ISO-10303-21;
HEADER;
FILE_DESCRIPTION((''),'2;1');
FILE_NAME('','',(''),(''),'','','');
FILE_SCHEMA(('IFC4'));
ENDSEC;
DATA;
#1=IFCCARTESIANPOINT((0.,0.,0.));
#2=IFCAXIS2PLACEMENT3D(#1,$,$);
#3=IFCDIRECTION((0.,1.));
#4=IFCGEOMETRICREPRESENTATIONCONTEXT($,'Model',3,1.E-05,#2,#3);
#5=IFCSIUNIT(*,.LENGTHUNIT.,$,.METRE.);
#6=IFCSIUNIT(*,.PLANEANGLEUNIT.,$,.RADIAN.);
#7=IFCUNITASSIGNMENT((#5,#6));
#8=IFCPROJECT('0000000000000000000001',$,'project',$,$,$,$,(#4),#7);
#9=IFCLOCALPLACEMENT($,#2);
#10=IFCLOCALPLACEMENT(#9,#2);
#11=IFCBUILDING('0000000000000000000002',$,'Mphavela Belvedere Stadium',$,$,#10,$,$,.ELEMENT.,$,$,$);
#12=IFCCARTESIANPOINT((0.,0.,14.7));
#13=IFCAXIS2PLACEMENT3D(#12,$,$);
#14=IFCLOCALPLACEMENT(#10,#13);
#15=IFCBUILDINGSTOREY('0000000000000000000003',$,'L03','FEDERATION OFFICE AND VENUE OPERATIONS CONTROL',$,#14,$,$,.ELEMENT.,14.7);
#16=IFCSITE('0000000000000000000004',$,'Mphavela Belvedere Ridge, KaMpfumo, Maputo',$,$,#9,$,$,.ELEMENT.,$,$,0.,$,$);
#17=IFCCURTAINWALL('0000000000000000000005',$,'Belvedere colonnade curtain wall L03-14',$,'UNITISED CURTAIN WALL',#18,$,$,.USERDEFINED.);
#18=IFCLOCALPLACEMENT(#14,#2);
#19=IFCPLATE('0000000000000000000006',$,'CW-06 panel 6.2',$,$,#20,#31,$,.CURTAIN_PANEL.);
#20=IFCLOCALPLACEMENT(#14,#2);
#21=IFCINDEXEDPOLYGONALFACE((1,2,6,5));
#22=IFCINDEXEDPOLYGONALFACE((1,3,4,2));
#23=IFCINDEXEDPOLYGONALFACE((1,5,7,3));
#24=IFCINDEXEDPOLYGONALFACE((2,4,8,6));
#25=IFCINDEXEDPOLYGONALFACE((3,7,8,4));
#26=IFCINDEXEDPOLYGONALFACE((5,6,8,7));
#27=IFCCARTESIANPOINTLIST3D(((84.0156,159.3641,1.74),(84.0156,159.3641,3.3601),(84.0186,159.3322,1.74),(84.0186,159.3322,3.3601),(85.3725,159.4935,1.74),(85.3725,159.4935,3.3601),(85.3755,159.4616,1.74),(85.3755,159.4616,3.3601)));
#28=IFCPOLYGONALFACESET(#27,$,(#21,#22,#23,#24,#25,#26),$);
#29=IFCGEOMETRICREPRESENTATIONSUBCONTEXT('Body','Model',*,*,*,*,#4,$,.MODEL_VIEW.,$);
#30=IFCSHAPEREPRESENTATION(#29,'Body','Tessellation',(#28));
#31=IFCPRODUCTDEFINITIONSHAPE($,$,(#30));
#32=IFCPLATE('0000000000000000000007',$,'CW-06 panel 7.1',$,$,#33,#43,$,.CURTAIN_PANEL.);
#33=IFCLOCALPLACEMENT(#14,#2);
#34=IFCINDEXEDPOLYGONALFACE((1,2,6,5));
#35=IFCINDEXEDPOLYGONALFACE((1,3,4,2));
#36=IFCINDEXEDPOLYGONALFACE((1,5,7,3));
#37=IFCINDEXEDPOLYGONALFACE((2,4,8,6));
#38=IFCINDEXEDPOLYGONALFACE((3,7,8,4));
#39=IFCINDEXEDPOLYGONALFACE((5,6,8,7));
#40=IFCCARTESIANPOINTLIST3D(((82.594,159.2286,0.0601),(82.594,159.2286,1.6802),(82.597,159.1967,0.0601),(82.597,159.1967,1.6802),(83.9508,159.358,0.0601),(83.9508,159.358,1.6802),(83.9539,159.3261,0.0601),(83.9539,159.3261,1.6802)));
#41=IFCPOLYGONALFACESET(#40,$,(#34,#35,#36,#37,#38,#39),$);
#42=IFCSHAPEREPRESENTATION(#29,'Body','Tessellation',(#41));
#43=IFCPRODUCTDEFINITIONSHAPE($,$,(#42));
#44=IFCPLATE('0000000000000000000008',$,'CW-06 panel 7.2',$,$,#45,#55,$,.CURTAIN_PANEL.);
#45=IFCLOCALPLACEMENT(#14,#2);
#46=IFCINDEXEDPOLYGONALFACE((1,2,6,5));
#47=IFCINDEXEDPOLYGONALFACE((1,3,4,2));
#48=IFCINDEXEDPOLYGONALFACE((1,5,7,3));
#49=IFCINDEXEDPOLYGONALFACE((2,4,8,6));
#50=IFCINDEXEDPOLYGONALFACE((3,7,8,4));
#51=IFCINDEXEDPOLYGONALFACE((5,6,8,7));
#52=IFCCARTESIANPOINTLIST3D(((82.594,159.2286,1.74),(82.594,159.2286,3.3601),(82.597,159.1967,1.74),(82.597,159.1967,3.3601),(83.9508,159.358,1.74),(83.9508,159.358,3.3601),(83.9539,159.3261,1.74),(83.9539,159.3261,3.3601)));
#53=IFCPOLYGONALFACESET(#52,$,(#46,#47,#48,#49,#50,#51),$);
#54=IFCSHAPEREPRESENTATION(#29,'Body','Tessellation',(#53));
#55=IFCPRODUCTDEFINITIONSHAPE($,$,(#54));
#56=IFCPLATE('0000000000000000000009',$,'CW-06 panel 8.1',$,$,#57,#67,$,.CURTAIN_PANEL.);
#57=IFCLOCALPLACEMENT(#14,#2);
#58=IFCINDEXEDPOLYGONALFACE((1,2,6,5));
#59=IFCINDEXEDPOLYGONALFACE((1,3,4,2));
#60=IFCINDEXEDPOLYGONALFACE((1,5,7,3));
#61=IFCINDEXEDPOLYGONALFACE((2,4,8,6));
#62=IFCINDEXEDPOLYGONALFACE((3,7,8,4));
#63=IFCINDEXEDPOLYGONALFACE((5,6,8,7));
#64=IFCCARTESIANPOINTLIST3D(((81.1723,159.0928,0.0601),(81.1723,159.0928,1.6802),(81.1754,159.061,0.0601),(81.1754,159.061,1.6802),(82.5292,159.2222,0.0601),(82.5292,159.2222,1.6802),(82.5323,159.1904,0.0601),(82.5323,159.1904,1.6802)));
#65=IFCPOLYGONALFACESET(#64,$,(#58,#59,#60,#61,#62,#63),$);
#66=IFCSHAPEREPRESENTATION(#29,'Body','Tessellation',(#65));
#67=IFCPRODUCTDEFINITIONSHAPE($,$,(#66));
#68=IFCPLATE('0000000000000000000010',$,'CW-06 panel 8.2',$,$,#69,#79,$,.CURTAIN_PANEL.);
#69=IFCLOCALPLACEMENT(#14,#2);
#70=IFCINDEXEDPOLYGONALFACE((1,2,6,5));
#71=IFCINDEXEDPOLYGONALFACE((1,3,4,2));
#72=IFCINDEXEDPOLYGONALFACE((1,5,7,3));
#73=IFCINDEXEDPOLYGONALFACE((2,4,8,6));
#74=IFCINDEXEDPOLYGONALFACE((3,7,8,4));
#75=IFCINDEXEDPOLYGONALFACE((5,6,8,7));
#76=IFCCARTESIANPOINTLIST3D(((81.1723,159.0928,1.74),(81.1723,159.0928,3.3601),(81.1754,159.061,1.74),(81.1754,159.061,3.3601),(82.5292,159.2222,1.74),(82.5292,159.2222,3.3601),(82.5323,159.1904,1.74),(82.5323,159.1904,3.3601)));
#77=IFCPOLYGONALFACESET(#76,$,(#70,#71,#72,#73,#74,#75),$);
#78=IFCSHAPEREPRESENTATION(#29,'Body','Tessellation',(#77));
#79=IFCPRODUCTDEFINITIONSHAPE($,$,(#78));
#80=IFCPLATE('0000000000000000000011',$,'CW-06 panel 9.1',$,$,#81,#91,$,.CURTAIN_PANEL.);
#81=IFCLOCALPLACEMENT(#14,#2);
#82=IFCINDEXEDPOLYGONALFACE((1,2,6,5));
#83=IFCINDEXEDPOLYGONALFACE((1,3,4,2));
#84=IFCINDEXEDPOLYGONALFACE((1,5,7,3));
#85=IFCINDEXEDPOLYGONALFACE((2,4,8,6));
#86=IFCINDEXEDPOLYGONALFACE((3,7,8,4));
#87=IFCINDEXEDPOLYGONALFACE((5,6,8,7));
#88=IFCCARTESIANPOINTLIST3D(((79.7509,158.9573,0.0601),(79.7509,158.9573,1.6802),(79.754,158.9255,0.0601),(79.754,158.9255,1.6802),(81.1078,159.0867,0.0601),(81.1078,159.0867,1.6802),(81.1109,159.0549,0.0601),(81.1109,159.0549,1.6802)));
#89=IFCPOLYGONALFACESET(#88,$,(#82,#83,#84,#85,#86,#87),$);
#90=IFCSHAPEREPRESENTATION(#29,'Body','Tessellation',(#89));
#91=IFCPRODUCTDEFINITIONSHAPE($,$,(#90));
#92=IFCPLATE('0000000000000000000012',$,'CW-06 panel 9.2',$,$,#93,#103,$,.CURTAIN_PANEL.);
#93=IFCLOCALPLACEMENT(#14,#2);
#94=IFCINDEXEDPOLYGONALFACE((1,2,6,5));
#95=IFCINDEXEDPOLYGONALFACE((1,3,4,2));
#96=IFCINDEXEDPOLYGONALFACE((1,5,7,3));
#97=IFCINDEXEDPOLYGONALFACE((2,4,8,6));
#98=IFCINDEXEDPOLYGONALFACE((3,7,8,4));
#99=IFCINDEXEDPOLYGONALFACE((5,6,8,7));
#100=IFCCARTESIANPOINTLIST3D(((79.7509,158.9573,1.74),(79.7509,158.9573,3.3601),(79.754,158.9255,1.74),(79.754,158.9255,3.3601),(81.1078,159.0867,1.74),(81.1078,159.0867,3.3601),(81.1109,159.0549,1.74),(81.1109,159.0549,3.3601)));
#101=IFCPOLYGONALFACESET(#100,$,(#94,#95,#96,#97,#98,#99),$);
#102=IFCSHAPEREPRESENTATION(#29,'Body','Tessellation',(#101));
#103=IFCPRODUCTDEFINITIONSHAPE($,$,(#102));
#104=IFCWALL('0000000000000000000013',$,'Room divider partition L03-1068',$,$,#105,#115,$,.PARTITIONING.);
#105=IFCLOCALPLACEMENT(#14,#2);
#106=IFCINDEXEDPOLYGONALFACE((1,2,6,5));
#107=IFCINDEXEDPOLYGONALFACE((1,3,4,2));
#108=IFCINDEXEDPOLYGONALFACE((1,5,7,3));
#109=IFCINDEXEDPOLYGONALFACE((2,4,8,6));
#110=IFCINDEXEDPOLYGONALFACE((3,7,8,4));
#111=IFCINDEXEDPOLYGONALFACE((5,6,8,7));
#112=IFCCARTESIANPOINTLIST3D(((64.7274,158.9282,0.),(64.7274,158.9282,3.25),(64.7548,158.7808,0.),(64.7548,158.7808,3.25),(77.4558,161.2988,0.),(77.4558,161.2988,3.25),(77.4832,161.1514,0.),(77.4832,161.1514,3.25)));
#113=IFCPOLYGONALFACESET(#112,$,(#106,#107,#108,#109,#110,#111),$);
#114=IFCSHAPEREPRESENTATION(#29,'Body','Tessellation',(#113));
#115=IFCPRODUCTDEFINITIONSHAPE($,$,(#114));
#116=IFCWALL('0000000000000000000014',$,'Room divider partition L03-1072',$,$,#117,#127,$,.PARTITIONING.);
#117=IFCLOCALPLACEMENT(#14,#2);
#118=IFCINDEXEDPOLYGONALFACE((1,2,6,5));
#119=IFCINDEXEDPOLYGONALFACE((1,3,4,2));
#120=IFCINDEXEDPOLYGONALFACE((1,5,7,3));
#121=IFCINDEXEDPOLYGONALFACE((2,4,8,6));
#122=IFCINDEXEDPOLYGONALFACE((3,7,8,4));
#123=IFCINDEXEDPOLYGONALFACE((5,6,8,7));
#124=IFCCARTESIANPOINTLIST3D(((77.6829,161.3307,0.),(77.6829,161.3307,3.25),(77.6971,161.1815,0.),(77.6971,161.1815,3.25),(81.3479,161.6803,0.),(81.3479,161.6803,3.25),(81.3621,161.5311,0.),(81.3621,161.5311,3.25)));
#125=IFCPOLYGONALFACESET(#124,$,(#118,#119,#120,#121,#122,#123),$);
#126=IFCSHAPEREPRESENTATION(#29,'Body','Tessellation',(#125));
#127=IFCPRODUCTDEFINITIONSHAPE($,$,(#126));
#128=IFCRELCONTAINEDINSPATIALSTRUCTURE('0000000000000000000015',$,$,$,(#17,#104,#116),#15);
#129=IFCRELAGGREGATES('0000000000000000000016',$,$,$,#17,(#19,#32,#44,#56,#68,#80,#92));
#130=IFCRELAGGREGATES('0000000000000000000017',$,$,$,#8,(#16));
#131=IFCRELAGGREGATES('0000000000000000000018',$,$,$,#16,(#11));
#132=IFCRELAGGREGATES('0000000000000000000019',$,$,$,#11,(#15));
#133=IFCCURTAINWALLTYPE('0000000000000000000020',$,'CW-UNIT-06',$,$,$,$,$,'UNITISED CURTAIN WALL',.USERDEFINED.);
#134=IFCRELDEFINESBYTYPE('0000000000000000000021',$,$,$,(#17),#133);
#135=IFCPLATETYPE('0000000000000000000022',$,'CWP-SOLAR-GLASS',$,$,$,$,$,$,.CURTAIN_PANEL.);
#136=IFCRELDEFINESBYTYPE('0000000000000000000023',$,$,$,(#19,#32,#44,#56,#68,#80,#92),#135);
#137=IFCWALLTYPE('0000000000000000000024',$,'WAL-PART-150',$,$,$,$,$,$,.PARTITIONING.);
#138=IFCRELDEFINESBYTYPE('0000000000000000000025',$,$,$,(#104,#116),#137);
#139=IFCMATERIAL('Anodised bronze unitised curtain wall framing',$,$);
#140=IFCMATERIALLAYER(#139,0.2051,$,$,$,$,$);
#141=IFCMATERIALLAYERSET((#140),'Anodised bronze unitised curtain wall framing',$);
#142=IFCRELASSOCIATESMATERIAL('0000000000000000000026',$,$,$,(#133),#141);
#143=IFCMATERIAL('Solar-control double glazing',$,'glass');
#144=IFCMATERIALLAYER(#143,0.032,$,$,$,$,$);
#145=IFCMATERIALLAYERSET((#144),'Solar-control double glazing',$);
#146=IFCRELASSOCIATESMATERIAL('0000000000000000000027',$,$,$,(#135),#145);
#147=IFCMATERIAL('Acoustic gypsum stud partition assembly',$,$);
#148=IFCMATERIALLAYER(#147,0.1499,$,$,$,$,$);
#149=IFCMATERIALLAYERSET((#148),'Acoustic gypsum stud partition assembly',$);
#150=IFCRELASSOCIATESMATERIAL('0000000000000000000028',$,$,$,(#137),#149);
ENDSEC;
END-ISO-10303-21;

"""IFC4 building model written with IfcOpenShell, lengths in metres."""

from ifc_helpers import new_model, si_unit, direction, frame, frame_2d, origin, origin_2d, place, context, subcontext, project, spatial, rectangle, extrude, material, layer, layer_set, type_object, element, aggregate, save


model = new_model("IFC4")

# Units and contexts
model_context = context("Model", 3, precision=1e-05, world=origin(), true_north=direction((0.0, 1.0)))
body_context = subcontext(model_context, "Body", "Model", "MODEL_VIEW")
ifc_project = project(units=[si_unit("LENGTHUNIT", "METRE"), si_unit("PLANEANGLEUNIT", "RADIAN")], contexts=[model_context])

# Site, building, storey
site_placement = place(None, origin())
site = spatial("IfcSite", under=ifc_project, at=site_placement, Name="Mphavela Belvedere Ridge, KaMpfumo, Maputo", CompositionType="ELEMENT", RefElevation=0.0)
building_placement = place(site_placement, origin())
building = spatial("IfcBuilding", under=site, at=building_placement, Name="Mphavela Belvedere Stadium", CompositionType="ELEMENT")
storey_placement = place(building_placement, frame((0.0, 0.0, 14.7)))
storey = spatial("IfcBuildingStorey", under=building, at=storey_placement, Name="L03", Description="FEDERATION OFFICE AND VENUE OPERATIONS CONTROL", CompositionType="ELEMENT", Elevation=14.7)

# Curtain wall, plates
ifc_material_1 = material(Name="Anodised bronze unitised curtain wall framing")
ifc_layer_1 = layer(ifc_material_1, 0.2051)
ifc_layer_set_1 = layer_set([ifc_layer_1], Name="Anodised bronze unitised curtain wall framing")
curtain_wall_type = type_object("IfcCurtainWallType", Name="CW-UNIT-06", ElementType="UNITISED CURTAIN WALL", PredefinedType="USERDEFINED", material=ifc_layer_set_1)
curtain_wall_placement = place(storey_placement, origin())
curtain_wall = element("IfcCurtainWall", 1, at=curtain_wall_placement, inside=storey, type_object=curtain_wall_type, Name="Belvedere colonnade curtain wall L03-14", ObjectType="UNITISED CURTAIN WALL", PredefinedType="USERDEFINED")
ifc_material_2 = material(Name="Solar-control double glazing", Category="glass")
ifc_layer_2 = layer(ifc_material_2, 0.032)
ifc_layer_set_2 = layer_set([ifc_layer_2], Name="Solar-control double glazing")
plate_type = type_object("IfcPlateType", Name="CWP-SOLAR-GLASS", PredefinedType="CURTAIN_PANEL", material=ifc_layer_set_2)
plate_1_placement = place(storey_placement, frame((84.6956, 159.4128, 1.74), z_axis=(0.0, 0.0, 1.0), x_axis=(-0.995484, -0.094929, 0.0)))
plate_1 = element("IfcPlate", 2, at=plate_1_placement, type_object=plate_type, Name="CW-06 panel 6.2", PredefinedType="CURTAIN_PANEL", context=body_context, shape_type="SweptSolid", body=[
    extrude(rectangle(XDim=1.363, YDim=0.032, at=origin_2d()), origin(), (0.0, 0.0, 1.0), 1.6201),
])
plate_2_placement = place(storey_placement, frame((83.2739, 159.2773, 0.0601), z_axis=(0.0, 0.0, 1.0), x_axis=(-0.995484, -0.094929, 0.0)))
plate_2 = element("IfcPlate", 3, at=plate_2_placement, type_object=plate_type, Name="CW-06 panel 7.1", PredefinedType="CURTAIN_PANEL", context=body_context, shape_type="SweptSolid", body=[
    extrude(rectangle(XDim=1.363, YDim=0.032, at=origin_2d()), origin(), (0.0, 0.0, 1.0), 1.6201),
])
plate_3_placement = place(storey_placement, frame((83.2739, 159.2773, 1.74), z_axis=(0.0, 0.0, 1.0), x_axis=(-0.995484, -0.094929, 0.0)))
plate_3 = element("IfcPlate", 4, at=plate_3_placement, type_object=plate_type, Name="CW-06 panel 7.2", PredefinedType="CURTAIN_PANEL", context=body_context, shape_type="SweptSolid", body=[
    extrude(rectangle(XDim=1.363, YDim=0.032, at=origin_2d()), origin(), (0.0, 0.0, 1.0), 1.6201),
])
plate_4_placement = place(storey_placement, frame((81.8523, 159.1416, 0.0601), z_axis=(0.0, 0.0, 1.0), x_axis=(-0.995484, -0.094929, 0.0)))
plate_4 = element("IfcPlate", 5, at=plate_4_placement, type_object=plate_type, Name="CW-06 panel 8.1", PredefinedType="CURTAIN_PANEL", context=body_context, shape_type="SweptSolid", body=[
    extrude(rectangle(XDim=1.363, YDim=0.032, at=origin_2d()), origin(), (0.0, 0.0, 1.0), 1.6201),
])
plate_5_placement = place(storey_placement, frame((81.8523, 159.1416, 1.74), z_axis=(0.0, 0.0, 1.0), x_axis=(-0.995484, -0.094929, 0.0)))
plate_5 = element("IfcPlate", 6, at=plate_5_placement, type_object=plate_type, Name="CW-06 panel 8.2", PredefinedType="CURTAIN_PANEL", context=body_context, shape_type="SweptSolid", body=[
    extrude(rectangle(XDim=1.363, YDim=0.032, at=origin_2d()), origin(), (0.0, 0.0, 1.0), 1.6201),
])
plate_6_placement = place(storey_placement, frame((80.4309, 159.0061, 0.0601), z_axis=(0.0, 0.0, 1.0), x_axis=(-0.995484, -0.094929, 0.0)))
plate_6 = element("IfcPlate", 7, at=plate_6_placement, type_object=plate_type, Name="CW-06 panel 9.1", PredefinedType="CURTAIN_PANEL", context=body_context, shape_type="SweptSolid", body=[
    extrude(rectangle(XDim=1.363, YDim=0.032, at=origin_2d()), origin(), (0.0, 0.0, 1.0), 1.6201),
])
plate_7_placement = place(storey_placement, frame((80.4309, 159.0061, 1.74), z_axis=(0.0, 0.0, 1.0), x_axis=(-0.995484, -0.094929, 0.0)))
plate_7 = element("IfcPlate", 8, at=plate_7_placement, type_object=plate_type, Name="CW-06 panel 9.2", PredefinedType="CURTAIN_PANEL", context=body_context, shape_type="SweptSolid", body=[
    extrude(rectangle(XDim=1.363, YDim=0.032, at=origin_2d()), origin(), (0.0, 0.0, 1.0), 1.6201),
])
aggregate(curtain_wall, [plate_1, plate_2, plate_3, plate_4, plate_5, plate_6, plate_7])

# Walls
ifc_material_3 = material(Name="Acoustic gypsum stud partition assembly")
ifc_layer_3 = layer(ifc_material_3, 0.1499)
ifc_layer_set_3 = layer_set([ifc_layer_3], Name="Acoustic gypsum stud partition assembly")
wall_type = type_object("IfcWallType", Name="WAL-PART-150", PredefinedType="PARTITIONING", material=ifc_layer_set_3)
wall_1_placement = place(storey_placement, frame((77.4695, 161.2251, 0.0), z_axis=(0.0, 0.0, 1.0), x_axis=(-0.983095, -0.183099, 0.0)))
element("IfcWall", 9, at=wall_1_placement, inside=storey, type_object=wall_type, Name="Room divider partition L03-1068", PredefinedType="PARTITIONING", context=body_context, shape_type="SweptSolid", body=[
    extrude(rectangle(XDim=12.9473, YDim=0.1499, at=frame_2d((6.4736, 0.0))), origin(), (0.0, 0.0, 1.0), 3.25),
])
wall_2_placement = place(storey_placement, frame((81.355, 161.6057, 0.0), z_axis=(0.0, 0.0, 1.0), x_axis=(-0.995481, -0.094959, 0.0)))
element("IfcWall", 10, at=wall_2_placement, inside=storey, type_object=wall_type, Name="Room divider partition L03-1072", PredefinedType="PARTITIONING", context=body_context, shape_type="SweptSolid", body=[
    extrude(rectangle(XDim=3.6816, YDim=0.1499, at=frame_2d((1.8408, 0.0))), origin(), (0.0, 0.0, 1.0), 3.25),
])

save(model, "model.ifc")
